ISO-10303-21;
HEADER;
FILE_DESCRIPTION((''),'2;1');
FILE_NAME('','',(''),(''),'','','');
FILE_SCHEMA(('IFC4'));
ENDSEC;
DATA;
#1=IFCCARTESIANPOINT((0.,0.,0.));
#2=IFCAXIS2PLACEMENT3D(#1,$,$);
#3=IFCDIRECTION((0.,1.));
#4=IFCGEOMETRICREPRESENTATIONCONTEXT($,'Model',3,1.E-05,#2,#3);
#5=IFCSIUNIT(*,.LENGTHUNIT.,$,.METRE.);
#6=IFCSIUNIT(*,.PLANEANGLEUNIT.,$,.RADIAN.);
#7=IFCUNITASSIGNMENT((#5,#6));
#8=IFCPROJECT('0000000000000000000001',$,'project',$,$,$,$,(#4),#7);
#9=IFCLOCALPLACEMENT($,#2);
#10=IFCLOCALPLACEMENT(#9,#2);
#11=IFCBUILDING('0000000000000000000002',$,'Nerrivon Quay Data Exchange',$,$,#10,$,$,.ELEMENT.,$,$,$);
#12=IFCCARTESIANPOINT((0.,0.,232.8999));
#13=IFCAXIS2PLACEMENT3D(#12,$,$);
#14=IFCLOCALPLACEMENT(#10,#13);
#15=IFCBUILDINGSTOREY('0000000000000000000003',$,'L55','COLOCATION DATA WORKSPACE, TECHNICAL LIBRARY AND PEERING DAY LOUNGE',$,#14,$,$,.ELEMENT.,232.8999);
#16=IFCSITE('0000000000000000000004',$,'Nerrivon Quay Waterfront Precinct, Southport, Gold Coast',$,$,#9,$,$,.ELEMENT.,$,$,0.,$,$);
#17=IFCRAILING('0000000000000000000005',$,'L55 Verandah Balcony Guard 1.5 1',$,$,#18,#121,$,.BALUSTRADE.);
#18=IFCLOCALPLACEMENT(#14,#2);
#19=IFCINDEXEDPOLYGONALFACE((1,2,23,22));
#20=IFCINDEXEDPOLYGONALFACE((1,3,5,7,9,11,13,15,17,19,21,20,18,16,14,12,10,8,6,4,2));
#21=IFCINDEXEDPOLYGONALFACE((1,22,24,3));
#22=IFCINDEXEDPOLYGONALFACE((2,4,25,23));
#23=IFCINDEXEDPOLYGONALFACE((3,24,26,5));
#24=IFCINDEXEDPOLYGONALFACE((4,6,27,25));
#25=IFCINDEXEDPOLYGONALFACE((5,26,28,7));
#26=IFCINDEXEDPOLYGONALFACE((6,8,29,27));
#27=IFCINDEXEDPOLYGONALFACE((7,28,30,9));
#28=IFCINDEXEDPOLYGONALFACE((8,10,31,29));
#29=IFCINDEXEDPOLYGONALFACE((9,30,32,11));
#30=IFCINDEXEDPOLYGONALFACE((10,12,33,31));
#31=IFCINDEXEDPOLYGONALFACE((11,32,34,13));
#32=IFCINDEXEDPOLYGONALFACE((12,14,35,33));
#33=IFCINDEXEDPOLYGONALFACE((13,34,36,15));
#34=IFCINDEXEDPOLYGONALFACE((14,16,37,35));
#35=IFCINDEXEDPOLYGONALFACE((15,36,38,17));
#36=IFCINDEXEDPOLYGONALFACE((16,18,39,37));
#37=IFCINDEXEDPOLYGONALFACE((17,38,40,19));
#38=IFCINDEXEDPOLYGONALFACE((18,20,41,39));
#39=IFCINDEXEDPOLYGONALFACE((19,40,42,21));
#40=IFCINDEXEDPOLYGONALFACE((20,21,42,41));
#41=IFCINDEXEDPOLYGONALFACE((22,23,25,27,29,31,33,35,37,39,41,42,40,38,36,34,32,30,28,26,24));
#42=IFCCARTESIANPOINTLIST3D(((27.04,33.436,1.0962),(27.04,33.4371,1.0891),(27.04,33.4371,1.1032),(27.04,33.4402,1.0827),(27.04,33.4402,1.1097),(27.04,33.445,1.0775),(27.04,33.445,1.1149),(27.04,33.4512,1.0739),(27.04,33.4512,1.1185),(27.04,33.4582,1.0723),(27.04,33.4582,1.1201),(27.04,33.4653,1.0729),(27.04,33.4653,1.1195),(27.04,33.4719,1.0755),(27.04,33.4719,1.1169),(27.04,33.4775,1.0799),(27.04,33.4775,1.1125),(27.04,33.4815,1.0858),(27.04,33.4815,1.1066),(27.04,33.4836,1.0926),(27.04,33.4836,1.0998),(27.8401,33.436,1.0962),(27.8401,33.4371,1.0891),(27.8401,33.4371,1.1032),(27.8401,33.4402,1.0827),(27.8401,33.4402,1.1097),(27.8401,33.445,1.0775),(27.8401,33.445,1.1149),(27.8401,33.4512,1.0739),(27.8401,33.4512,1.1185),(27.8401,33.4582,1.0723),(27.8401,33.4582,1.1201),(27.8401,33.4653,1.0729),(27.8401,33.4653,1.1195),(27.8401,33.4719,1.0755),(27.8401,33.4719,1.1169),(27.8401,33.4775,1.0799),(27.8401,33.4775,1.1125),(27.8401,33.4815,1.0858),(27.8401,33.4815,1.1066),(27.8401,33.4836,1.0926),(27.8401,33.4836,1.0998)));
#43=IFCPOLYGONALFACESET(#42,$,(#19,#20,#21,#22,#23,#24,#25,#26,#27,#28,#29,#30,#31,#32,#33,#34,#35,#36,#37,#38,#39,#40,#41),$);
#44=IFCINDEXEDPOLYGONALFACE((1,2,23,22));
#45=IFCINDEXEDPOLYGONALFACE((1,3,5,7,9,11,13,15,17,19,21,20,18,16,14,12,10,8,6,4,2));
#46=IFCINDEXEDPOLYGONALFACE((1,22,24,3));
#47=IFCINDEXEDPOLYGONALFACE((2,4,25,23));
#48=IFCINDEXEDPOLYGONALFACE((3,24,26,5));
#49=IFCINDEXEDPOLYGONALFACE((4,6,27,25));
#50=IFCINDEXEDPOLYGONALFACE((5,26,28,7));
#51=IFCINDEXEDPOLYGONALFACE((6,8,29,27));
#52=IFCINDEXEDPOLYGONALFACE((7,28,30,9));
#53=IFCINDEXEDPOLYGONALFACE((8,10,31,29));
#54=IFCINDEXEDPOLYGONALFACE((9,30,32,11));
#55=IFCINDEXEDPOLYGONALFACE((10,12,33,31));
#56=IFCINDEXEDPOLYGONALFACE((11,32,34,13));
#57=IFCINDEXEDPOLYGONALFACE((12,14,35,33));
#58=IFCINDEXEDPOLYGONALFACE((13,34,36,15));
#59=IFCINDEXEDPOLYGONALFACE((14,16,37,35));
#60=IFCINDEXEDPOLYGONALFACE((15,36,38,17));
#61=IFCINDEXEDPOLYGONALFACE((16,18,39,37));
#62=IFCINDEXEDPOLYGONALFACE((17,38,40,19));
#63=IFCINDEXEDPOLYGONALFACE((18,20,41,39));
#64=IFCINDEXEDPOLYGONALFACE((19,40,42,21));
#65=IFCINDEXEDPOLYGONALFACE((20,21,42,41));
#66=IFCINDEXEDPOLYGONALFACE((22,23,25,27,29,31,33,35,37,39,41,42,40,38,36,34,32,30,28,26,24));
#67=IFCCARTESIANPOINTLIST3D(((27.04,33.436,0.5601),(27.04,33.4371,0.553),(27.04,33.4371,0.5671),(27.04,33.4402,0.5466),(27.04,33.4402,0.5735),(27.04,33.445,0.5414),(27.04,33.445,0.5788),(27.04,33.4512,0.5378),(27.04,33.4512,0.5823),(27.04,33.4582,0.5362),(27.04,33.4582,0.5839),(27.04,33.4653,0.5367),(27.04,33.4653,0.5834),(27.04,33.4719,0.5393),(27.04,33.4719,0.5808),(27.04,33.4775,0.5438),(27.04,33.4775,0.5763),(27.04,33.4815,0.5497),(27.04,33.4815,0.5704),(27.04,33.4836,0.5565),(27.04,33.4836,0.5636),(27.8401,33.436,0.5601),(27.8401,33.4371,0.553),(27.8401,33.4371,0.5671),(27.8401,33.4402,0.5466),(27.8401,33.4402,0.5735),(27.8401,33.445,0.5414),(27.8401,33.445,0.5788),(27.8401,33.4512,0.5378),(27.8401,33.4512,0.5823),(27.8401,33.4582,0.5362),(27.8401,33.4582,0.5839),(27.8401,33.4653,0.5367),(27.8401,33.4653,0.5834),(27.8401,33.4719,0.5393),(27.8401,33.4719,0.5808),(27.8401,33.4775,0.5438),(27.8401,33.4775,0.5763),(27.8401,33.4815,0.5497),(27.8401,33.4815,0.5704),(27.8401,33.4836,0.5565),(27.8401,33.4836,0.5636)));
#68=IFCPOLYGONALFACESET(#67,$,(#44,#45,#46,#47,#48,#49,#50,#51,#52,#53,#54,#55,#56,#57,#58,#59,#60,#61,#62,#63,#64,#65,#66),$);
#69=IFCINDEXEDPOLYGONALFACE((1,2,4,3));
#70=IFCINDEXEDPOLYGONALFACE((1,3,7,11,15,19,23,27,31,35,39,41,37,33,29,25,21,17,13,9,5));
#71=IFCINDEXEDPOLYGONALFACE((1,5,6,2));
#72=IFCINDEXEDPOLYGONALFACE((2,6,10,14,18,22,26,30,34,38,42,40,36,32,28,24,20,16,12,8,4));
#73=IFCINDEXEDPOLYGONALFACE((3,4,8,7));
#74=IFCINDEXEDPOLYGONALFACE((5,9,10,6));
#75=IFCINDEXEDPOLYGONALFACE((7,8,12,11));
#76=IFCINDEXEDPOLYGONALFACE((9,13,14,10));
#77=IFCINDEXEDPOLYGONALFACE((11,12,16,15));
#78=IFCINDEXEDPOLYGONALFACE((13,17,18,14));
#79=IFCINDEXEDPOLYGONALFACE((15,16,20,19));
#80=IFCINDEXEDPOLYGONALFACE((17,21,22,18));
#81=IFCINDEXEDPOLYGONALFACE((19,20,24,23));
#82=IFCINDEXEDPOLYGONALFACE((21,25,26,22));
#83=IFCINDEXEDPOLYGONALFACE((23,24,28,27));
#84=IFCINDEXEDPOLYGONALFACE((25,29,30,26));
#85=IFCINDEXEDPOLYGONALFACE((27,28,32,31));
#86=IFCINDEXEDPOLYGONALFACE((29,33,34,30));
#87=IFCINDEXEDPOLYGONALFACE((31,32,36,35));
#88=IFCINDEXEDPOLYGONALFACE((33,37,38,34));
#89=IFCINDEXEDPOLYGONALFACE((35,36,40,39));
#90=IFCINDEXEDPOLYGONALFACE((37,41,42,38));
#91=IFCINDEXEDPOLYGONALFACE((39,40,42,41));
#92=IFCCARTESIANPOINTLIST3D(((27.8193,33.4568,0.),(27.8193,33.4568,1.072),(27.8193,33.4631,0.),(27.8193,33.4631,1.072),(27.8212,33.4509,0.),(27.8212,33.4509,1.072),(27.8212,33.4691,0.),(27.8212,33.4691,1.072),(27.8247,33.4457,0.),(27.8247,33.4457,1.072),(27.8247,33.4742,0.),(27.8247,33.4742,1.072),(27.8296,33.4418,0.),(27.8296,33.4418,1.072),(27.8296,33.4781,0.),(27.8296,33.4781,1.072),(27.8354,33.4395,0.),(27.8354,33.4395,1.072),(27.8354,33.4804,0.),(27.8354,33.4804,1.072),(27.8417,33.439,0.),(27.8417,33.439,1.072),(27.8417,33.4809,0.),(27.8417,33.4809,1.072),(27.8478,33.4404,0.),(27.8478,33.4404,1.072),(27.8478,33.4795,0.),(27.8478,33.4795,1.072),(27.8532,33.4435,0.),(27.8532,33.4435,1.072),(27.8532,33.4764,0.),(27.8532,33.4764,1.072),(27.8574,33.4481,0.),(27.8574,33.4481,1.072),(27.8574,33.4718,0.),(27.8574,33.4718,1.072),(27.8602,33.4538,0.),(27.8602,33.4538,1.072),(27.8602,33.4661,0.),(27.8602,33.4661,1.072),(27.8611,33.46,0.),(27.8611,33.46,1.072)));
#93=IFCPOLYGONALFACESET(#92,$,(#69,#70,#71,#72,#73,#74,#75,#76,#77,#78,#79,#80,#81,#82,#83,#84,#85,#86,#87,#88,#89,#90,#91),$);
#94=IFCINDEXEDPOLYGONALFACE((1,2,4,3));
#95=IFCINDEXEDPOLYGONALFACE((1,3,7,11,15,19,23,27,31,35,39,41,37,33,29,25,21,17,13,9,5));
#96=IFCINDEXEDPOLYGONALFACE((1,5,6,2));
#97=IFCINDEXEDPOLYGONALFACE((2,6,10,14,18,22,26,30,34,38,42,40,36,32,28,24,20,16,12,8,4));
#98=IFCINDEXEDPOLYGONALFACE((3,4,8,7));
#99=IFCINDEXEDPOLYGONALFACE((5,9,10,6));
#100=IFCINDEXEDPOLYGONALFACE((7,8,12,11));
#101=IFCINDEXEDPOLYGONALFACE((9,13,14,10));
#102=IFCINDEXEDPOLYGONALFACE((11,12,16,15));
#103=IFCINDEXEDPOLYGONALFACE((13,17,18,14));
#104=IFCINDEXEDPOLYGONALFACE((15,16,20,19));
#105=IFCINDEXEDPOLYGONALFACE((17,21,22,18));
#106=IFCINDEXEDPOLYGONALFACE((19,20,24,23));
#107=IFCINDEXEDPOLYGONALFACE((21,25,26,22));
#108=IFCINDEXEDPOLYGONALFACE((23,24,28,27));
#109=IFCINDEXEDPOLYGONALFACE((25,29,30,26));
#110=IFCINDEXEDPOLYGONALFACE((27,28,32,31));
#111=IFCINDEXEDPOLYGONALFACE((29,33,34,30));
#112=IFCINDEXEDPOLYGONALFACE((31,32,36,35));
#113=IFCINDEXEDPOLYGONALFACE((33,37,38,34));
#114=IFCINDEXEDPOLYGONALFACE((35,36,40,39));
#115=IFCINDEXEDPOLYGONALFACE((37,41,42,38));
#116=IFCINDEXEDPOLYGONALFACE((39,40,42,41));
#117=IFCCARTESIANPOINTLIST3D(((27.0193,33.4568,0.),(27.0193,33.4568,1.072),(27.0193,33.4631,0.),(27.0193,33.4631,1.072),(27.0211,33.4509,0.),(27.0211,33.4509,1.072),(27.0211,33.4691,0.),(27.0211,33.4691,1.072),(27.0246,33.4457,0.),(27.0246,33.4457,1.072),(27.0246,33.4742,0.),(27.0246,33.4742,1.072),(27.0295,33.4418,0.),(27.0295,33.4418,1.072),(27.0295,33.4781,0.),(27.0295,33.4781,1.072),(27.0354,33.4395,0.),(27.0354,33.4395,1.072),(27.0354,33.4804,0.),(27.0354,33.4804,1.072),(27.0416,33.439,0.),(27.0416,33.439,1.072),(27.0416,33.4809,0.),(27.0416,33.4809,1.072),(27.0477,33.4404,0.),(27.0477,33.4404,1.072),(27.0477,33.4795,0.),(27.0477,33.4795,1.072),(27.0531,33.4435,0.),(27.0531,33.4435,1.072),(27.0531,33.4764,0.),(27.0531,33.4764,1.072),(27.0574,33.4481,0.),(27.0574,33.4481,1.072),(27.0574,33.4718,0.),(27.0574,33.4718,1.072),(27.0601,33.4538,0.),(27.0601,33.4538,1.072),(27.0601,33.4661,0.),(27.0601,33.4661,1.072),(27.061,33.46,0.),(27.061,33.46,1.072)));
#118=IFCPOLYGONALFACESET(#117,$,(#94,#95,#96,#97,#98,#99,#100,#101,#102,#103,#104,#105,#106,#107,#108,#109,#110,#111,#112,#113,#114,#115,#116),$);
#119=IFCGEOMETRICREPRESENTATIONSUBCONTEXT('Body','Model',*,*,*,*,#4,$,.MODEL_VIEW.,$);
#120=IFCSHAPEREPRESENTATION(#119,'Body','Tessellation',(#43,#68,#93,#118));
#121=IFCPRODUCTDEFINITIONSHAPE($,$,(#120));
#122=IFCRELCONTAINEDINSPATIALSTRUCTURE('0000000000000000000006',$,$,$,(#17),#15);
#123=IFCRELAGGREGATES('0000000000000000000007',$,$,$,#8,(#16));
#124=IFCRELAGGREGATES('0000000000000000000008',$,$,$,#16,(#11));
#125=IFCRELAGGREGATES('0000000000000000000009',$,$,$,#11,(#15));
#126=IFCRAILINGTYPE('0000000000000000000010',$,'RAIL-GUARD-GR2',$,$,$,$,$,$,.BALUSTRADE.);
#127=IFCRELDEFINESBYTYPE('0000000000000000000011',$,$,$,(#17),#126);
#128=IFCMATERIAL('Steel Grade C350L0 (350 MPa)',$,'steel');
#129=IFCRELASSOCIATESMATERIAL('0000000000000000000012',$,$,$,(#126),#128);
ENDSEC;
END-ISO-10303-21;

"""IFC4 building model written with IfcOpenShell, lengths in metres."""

from ifc_helpers import new_model, si_unit, direction, frame, origin, origin_2d, place, context, subcontext, project, spatial, circle, extrude, material, type_object, element, save


model = new_model("IFC4")

# Units and contexts
model_context = context("Model", 3, precision=1e-05, world=origin(), true_north=direction((0.0, 1.0)))
body_context = subcontext(model_context, "Body", "Model", "MODEL_VIEW")
ifc_project = project(units=[si_unit("LENGTHUNIT", "METRE"), si_unit("PLANEANGLEUNIT", "RADIAN")], contexts=[model_context])

# Site, building, storey
site_placement = place(None, origin())
site = spatial("IfcSite", under=ifc_project, at=site_placement, Name="Nerrivon Quay Waterfront Precinct, Southport, Gold Coast", CompositionType="ELEMENT", RefElevation=0.0)
building_placement = place(site_placement, origin())
building = spatial("IfcBuilding", under=site, at=building_placement, Name="Nerrivon Quay Data Exchange", CompositionType="ELEMENT")
storey_placement = place(building_placement, frame((0.0, 0.0, 232.8999)))
storey = spatial("IfcBuildingStorey", under=building, at=storey_placement, Name="L55", Description="COLOCATION DATA WORKSPACE, TECHNICAL LIBRARY AND PEERING DAY LOUNGE", CompositionType="ELEMENT", Elevation=232.8999)

# Shared definitions
ifc_material_1 = material(Name="Steel Grade C350L0 (350 MPa)", Category="steel")

# Railing
railing_type = type_object("IfcRailingType", Name="RAIL-GUARD-GR2", PredefinedType="BALUSTRADE", material=ifc_material_1)
railing_1_placement = place(storey_placement, frame((27.8401, 33.46, 0.0)))
element("IfcRailing", 1, at=railing_1_placement, inside=storey, type_object=railing_type, Name="L55 Verandah Balcony Guard 1.5 1", PredefinedType="BALUSTRADE", context=body_context, shape_type="SweptSolid", body=[
    extrude(circle(Radius=0.0239, at=origin_2d()), frame((0.0, 0.0, 1.0962), z_axis=(-1.0, 0.0, 0.0), x_axis=(0.0, -1.0, 0.0)), (0.0, 0.0, 1.0), 0.8),
    extrude(circle(Radius=0.0239, at=origin_2d()), frame((0.0, 0.0, 0.5601), z_axis=(-1.0, 0.0, 0.0), x_axis=(0.0, -1.0, 0.0)), (0.0, 0.0, 1.0), 0.8),
    extrude(circle(Radius=0.021, at=origin_2d()), origin(), (0.0, 0.0, 1.0), 1.072),
    extrude(circle(Radius=0.021, at=origin_2d()), frame((-0.8, 0.0, 0.0)), (0.0, 0.0, 1.0), 1.072),
])

save(model, "model.ifc")
